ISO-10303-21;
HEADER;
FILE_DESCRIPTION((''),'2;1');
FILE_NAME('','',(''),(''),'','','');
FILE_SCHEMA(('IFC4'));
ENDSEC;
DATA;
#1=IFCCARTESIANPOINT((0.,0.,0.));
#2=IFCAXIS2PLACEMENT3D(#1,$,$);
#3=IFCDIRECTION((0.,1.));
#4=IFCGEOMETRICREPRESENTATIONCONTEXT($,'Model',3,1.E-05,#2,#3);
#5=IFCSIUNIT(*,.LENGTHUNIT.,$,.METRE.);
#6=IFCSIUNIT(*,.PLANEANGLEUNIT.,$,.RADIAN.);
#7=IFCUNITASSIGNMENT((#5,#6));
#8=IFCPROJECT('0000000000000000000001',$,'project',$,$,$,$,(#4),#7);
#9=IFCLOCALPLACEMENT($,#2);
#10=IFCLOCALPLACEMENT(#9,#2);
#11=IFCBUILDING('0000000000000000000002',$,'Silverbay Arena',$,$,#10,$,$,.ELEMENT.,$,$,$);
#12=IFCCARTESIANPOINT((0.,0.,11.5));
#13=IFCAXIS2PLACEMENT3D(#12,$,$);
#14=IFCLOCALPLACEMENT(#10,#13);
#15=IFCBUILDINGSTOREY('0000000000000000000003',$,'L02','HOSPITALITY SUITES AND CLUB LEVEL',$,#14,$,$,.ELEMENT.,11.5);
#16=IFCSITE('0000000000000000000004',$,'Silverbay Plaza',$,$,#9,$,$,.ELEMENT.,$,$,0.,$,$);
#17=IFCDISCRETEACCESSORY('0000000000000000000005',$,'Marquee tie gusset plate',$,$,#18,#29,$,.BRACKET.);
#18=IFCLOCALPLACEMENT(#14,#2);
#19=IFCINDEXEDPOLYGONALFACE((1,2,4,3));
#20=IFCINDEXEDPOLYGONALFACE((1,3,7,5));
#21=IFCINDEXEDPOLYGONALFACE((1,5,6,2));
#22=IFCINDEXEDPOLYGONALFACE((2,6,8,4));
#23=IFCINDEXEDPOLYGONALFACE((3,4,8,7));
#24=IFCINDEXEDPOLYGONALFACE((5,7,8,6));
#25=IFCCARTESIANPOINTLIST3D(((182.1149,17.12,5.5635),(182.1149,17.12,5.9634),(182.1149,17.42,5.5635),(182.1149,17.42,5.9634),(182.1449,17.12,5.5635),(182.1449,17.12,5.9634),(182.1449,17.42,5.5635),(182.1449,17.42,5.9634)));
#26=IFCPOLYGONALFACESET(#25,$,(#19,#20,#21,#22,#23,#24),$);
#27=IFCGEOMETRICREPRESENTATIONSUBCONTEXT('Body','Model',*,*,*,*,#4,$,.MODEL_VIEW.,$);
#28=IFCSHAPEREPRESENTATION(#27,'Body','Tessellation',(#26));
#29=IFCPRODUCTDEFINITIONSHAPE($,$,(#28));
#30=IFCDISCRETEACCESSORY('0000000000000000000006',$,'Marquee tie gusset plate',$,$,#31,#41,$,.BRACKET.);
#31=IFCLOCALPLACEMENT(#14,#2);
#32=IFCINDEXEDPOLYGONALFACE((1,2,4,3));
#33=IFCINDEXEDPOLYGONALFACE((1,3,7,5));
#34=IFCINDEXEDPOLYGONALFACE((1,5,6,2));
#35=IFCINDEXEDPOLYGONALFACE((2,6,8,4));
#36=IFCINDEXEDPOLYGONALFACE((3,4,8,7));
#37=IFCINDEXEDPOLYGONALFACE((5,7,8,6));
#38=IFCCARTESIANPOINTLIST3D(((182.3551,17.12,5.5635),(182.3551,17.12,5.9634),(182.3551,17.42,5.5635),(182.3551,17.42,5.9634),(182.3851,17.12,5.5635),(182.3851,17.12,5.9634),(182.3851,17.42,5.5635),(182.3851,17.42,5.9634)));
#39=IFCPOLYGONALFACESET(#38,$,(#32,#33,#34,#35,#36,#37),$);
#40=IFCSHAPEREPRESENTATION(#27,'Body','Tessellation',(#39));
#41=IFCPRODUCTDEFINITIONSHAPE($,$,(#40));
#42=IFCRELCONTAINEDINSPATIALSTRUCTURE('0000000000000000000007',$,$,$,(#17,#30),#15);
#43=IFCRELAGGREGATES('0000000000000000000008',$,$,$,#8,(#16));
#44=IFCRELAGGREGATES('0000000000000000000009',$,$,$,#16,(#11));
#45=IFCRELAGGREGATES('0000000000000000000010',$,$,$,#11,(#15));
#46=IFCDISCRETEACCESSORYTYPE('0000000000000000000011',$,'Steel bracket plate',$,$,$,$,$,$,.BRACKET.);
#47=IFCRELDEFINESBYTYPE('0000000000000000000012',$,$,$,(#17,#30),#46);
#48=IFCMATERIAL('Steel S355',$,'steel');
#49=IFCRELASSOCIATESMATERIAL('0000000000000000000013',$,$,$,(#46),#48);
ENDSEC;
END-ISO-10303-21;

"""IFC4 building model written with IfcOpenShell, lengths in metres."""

from ifc_helpers import new_model, si_unit, direction, frame, origin, origin_2d, place, context, subcontext, project, spatial, rectangle, extrude, material, type_object, element, save


model = new_model("IFC4")

# Units and contexts
model_context = context("Model", 3, precision=1e-05, world=origin(), true_north=direction((0.0, 1.0)))
body_context = subcontext(model_context, "Body", "Model", "MODEL_VIEW")
ifc_project = project(units=[si_unit("LENGTHUNIT", "METRE"), si_unit("PLANEANGLEUNIT", "RADIAN")], contexts=[model_context])

# Site, building, storey
site_placement = place(None, origin())
site = spatial("IfcSite", under=ifc_project, at=site_placement, Name="Silverbay Plaza", CompositionType="ELEMENT", RefElevation=0.0)
building_placement = place(site_placement, origin())
building = spatial("IfcBuilding", under=site, at=building_placement, Name="Silverbay Arena", CompositionType="ELEMENT")
storey_placement = place(building_placement, frame((0.0, 0.0, 11.5)))
storey = spatial("IfcBuildingStorey", under=building, at=storey_placement, Name="L02", Description="HOSPITALITY SUITES AND CLUB LEVEL", CompositionType="ELEMENT", Elevation=11.5)

# Discrete accessories
ifc_material_1 = material(Name="Steel S355", Category="steel")
discrete_accessory_type = type_object("IfcDiscreteAccessoryType", Name="Steel bracket plate", PredefinedType="BRACKET", material=ifc_material_1)
for number, where, z_axis, x_axis, name in (
    (1, (182.1299, 17.27, 5.5635), (0.0, 0.0, 1.0), (1.0, 0.0, 0.0), "Marquee tie gusset plate"),
    (2, (182.3701, 17.27, 5.5635), (0.0, 0.0, 1.0), (1.0, 0.0, 0.0), "Marquee tie gusset plate"),
):
    element("IfcDiscreteAccessory", number, at=place(storey_placement, frame(where, z_axis=z_axis, x_axis=x_axis)), inside=storey, type_object=discrete_accessory_type, Name=name, PredefinedType="BRACKET", context=body_context, shape_type="SweptSolid", body=[
        extrude(rectangle(XDim=0.03, YDim=0.3, at=origin_2d()), origin(), (0.0, 0.0, 1.0), 0.3999),
    ])

save(model, "model.ifc")
